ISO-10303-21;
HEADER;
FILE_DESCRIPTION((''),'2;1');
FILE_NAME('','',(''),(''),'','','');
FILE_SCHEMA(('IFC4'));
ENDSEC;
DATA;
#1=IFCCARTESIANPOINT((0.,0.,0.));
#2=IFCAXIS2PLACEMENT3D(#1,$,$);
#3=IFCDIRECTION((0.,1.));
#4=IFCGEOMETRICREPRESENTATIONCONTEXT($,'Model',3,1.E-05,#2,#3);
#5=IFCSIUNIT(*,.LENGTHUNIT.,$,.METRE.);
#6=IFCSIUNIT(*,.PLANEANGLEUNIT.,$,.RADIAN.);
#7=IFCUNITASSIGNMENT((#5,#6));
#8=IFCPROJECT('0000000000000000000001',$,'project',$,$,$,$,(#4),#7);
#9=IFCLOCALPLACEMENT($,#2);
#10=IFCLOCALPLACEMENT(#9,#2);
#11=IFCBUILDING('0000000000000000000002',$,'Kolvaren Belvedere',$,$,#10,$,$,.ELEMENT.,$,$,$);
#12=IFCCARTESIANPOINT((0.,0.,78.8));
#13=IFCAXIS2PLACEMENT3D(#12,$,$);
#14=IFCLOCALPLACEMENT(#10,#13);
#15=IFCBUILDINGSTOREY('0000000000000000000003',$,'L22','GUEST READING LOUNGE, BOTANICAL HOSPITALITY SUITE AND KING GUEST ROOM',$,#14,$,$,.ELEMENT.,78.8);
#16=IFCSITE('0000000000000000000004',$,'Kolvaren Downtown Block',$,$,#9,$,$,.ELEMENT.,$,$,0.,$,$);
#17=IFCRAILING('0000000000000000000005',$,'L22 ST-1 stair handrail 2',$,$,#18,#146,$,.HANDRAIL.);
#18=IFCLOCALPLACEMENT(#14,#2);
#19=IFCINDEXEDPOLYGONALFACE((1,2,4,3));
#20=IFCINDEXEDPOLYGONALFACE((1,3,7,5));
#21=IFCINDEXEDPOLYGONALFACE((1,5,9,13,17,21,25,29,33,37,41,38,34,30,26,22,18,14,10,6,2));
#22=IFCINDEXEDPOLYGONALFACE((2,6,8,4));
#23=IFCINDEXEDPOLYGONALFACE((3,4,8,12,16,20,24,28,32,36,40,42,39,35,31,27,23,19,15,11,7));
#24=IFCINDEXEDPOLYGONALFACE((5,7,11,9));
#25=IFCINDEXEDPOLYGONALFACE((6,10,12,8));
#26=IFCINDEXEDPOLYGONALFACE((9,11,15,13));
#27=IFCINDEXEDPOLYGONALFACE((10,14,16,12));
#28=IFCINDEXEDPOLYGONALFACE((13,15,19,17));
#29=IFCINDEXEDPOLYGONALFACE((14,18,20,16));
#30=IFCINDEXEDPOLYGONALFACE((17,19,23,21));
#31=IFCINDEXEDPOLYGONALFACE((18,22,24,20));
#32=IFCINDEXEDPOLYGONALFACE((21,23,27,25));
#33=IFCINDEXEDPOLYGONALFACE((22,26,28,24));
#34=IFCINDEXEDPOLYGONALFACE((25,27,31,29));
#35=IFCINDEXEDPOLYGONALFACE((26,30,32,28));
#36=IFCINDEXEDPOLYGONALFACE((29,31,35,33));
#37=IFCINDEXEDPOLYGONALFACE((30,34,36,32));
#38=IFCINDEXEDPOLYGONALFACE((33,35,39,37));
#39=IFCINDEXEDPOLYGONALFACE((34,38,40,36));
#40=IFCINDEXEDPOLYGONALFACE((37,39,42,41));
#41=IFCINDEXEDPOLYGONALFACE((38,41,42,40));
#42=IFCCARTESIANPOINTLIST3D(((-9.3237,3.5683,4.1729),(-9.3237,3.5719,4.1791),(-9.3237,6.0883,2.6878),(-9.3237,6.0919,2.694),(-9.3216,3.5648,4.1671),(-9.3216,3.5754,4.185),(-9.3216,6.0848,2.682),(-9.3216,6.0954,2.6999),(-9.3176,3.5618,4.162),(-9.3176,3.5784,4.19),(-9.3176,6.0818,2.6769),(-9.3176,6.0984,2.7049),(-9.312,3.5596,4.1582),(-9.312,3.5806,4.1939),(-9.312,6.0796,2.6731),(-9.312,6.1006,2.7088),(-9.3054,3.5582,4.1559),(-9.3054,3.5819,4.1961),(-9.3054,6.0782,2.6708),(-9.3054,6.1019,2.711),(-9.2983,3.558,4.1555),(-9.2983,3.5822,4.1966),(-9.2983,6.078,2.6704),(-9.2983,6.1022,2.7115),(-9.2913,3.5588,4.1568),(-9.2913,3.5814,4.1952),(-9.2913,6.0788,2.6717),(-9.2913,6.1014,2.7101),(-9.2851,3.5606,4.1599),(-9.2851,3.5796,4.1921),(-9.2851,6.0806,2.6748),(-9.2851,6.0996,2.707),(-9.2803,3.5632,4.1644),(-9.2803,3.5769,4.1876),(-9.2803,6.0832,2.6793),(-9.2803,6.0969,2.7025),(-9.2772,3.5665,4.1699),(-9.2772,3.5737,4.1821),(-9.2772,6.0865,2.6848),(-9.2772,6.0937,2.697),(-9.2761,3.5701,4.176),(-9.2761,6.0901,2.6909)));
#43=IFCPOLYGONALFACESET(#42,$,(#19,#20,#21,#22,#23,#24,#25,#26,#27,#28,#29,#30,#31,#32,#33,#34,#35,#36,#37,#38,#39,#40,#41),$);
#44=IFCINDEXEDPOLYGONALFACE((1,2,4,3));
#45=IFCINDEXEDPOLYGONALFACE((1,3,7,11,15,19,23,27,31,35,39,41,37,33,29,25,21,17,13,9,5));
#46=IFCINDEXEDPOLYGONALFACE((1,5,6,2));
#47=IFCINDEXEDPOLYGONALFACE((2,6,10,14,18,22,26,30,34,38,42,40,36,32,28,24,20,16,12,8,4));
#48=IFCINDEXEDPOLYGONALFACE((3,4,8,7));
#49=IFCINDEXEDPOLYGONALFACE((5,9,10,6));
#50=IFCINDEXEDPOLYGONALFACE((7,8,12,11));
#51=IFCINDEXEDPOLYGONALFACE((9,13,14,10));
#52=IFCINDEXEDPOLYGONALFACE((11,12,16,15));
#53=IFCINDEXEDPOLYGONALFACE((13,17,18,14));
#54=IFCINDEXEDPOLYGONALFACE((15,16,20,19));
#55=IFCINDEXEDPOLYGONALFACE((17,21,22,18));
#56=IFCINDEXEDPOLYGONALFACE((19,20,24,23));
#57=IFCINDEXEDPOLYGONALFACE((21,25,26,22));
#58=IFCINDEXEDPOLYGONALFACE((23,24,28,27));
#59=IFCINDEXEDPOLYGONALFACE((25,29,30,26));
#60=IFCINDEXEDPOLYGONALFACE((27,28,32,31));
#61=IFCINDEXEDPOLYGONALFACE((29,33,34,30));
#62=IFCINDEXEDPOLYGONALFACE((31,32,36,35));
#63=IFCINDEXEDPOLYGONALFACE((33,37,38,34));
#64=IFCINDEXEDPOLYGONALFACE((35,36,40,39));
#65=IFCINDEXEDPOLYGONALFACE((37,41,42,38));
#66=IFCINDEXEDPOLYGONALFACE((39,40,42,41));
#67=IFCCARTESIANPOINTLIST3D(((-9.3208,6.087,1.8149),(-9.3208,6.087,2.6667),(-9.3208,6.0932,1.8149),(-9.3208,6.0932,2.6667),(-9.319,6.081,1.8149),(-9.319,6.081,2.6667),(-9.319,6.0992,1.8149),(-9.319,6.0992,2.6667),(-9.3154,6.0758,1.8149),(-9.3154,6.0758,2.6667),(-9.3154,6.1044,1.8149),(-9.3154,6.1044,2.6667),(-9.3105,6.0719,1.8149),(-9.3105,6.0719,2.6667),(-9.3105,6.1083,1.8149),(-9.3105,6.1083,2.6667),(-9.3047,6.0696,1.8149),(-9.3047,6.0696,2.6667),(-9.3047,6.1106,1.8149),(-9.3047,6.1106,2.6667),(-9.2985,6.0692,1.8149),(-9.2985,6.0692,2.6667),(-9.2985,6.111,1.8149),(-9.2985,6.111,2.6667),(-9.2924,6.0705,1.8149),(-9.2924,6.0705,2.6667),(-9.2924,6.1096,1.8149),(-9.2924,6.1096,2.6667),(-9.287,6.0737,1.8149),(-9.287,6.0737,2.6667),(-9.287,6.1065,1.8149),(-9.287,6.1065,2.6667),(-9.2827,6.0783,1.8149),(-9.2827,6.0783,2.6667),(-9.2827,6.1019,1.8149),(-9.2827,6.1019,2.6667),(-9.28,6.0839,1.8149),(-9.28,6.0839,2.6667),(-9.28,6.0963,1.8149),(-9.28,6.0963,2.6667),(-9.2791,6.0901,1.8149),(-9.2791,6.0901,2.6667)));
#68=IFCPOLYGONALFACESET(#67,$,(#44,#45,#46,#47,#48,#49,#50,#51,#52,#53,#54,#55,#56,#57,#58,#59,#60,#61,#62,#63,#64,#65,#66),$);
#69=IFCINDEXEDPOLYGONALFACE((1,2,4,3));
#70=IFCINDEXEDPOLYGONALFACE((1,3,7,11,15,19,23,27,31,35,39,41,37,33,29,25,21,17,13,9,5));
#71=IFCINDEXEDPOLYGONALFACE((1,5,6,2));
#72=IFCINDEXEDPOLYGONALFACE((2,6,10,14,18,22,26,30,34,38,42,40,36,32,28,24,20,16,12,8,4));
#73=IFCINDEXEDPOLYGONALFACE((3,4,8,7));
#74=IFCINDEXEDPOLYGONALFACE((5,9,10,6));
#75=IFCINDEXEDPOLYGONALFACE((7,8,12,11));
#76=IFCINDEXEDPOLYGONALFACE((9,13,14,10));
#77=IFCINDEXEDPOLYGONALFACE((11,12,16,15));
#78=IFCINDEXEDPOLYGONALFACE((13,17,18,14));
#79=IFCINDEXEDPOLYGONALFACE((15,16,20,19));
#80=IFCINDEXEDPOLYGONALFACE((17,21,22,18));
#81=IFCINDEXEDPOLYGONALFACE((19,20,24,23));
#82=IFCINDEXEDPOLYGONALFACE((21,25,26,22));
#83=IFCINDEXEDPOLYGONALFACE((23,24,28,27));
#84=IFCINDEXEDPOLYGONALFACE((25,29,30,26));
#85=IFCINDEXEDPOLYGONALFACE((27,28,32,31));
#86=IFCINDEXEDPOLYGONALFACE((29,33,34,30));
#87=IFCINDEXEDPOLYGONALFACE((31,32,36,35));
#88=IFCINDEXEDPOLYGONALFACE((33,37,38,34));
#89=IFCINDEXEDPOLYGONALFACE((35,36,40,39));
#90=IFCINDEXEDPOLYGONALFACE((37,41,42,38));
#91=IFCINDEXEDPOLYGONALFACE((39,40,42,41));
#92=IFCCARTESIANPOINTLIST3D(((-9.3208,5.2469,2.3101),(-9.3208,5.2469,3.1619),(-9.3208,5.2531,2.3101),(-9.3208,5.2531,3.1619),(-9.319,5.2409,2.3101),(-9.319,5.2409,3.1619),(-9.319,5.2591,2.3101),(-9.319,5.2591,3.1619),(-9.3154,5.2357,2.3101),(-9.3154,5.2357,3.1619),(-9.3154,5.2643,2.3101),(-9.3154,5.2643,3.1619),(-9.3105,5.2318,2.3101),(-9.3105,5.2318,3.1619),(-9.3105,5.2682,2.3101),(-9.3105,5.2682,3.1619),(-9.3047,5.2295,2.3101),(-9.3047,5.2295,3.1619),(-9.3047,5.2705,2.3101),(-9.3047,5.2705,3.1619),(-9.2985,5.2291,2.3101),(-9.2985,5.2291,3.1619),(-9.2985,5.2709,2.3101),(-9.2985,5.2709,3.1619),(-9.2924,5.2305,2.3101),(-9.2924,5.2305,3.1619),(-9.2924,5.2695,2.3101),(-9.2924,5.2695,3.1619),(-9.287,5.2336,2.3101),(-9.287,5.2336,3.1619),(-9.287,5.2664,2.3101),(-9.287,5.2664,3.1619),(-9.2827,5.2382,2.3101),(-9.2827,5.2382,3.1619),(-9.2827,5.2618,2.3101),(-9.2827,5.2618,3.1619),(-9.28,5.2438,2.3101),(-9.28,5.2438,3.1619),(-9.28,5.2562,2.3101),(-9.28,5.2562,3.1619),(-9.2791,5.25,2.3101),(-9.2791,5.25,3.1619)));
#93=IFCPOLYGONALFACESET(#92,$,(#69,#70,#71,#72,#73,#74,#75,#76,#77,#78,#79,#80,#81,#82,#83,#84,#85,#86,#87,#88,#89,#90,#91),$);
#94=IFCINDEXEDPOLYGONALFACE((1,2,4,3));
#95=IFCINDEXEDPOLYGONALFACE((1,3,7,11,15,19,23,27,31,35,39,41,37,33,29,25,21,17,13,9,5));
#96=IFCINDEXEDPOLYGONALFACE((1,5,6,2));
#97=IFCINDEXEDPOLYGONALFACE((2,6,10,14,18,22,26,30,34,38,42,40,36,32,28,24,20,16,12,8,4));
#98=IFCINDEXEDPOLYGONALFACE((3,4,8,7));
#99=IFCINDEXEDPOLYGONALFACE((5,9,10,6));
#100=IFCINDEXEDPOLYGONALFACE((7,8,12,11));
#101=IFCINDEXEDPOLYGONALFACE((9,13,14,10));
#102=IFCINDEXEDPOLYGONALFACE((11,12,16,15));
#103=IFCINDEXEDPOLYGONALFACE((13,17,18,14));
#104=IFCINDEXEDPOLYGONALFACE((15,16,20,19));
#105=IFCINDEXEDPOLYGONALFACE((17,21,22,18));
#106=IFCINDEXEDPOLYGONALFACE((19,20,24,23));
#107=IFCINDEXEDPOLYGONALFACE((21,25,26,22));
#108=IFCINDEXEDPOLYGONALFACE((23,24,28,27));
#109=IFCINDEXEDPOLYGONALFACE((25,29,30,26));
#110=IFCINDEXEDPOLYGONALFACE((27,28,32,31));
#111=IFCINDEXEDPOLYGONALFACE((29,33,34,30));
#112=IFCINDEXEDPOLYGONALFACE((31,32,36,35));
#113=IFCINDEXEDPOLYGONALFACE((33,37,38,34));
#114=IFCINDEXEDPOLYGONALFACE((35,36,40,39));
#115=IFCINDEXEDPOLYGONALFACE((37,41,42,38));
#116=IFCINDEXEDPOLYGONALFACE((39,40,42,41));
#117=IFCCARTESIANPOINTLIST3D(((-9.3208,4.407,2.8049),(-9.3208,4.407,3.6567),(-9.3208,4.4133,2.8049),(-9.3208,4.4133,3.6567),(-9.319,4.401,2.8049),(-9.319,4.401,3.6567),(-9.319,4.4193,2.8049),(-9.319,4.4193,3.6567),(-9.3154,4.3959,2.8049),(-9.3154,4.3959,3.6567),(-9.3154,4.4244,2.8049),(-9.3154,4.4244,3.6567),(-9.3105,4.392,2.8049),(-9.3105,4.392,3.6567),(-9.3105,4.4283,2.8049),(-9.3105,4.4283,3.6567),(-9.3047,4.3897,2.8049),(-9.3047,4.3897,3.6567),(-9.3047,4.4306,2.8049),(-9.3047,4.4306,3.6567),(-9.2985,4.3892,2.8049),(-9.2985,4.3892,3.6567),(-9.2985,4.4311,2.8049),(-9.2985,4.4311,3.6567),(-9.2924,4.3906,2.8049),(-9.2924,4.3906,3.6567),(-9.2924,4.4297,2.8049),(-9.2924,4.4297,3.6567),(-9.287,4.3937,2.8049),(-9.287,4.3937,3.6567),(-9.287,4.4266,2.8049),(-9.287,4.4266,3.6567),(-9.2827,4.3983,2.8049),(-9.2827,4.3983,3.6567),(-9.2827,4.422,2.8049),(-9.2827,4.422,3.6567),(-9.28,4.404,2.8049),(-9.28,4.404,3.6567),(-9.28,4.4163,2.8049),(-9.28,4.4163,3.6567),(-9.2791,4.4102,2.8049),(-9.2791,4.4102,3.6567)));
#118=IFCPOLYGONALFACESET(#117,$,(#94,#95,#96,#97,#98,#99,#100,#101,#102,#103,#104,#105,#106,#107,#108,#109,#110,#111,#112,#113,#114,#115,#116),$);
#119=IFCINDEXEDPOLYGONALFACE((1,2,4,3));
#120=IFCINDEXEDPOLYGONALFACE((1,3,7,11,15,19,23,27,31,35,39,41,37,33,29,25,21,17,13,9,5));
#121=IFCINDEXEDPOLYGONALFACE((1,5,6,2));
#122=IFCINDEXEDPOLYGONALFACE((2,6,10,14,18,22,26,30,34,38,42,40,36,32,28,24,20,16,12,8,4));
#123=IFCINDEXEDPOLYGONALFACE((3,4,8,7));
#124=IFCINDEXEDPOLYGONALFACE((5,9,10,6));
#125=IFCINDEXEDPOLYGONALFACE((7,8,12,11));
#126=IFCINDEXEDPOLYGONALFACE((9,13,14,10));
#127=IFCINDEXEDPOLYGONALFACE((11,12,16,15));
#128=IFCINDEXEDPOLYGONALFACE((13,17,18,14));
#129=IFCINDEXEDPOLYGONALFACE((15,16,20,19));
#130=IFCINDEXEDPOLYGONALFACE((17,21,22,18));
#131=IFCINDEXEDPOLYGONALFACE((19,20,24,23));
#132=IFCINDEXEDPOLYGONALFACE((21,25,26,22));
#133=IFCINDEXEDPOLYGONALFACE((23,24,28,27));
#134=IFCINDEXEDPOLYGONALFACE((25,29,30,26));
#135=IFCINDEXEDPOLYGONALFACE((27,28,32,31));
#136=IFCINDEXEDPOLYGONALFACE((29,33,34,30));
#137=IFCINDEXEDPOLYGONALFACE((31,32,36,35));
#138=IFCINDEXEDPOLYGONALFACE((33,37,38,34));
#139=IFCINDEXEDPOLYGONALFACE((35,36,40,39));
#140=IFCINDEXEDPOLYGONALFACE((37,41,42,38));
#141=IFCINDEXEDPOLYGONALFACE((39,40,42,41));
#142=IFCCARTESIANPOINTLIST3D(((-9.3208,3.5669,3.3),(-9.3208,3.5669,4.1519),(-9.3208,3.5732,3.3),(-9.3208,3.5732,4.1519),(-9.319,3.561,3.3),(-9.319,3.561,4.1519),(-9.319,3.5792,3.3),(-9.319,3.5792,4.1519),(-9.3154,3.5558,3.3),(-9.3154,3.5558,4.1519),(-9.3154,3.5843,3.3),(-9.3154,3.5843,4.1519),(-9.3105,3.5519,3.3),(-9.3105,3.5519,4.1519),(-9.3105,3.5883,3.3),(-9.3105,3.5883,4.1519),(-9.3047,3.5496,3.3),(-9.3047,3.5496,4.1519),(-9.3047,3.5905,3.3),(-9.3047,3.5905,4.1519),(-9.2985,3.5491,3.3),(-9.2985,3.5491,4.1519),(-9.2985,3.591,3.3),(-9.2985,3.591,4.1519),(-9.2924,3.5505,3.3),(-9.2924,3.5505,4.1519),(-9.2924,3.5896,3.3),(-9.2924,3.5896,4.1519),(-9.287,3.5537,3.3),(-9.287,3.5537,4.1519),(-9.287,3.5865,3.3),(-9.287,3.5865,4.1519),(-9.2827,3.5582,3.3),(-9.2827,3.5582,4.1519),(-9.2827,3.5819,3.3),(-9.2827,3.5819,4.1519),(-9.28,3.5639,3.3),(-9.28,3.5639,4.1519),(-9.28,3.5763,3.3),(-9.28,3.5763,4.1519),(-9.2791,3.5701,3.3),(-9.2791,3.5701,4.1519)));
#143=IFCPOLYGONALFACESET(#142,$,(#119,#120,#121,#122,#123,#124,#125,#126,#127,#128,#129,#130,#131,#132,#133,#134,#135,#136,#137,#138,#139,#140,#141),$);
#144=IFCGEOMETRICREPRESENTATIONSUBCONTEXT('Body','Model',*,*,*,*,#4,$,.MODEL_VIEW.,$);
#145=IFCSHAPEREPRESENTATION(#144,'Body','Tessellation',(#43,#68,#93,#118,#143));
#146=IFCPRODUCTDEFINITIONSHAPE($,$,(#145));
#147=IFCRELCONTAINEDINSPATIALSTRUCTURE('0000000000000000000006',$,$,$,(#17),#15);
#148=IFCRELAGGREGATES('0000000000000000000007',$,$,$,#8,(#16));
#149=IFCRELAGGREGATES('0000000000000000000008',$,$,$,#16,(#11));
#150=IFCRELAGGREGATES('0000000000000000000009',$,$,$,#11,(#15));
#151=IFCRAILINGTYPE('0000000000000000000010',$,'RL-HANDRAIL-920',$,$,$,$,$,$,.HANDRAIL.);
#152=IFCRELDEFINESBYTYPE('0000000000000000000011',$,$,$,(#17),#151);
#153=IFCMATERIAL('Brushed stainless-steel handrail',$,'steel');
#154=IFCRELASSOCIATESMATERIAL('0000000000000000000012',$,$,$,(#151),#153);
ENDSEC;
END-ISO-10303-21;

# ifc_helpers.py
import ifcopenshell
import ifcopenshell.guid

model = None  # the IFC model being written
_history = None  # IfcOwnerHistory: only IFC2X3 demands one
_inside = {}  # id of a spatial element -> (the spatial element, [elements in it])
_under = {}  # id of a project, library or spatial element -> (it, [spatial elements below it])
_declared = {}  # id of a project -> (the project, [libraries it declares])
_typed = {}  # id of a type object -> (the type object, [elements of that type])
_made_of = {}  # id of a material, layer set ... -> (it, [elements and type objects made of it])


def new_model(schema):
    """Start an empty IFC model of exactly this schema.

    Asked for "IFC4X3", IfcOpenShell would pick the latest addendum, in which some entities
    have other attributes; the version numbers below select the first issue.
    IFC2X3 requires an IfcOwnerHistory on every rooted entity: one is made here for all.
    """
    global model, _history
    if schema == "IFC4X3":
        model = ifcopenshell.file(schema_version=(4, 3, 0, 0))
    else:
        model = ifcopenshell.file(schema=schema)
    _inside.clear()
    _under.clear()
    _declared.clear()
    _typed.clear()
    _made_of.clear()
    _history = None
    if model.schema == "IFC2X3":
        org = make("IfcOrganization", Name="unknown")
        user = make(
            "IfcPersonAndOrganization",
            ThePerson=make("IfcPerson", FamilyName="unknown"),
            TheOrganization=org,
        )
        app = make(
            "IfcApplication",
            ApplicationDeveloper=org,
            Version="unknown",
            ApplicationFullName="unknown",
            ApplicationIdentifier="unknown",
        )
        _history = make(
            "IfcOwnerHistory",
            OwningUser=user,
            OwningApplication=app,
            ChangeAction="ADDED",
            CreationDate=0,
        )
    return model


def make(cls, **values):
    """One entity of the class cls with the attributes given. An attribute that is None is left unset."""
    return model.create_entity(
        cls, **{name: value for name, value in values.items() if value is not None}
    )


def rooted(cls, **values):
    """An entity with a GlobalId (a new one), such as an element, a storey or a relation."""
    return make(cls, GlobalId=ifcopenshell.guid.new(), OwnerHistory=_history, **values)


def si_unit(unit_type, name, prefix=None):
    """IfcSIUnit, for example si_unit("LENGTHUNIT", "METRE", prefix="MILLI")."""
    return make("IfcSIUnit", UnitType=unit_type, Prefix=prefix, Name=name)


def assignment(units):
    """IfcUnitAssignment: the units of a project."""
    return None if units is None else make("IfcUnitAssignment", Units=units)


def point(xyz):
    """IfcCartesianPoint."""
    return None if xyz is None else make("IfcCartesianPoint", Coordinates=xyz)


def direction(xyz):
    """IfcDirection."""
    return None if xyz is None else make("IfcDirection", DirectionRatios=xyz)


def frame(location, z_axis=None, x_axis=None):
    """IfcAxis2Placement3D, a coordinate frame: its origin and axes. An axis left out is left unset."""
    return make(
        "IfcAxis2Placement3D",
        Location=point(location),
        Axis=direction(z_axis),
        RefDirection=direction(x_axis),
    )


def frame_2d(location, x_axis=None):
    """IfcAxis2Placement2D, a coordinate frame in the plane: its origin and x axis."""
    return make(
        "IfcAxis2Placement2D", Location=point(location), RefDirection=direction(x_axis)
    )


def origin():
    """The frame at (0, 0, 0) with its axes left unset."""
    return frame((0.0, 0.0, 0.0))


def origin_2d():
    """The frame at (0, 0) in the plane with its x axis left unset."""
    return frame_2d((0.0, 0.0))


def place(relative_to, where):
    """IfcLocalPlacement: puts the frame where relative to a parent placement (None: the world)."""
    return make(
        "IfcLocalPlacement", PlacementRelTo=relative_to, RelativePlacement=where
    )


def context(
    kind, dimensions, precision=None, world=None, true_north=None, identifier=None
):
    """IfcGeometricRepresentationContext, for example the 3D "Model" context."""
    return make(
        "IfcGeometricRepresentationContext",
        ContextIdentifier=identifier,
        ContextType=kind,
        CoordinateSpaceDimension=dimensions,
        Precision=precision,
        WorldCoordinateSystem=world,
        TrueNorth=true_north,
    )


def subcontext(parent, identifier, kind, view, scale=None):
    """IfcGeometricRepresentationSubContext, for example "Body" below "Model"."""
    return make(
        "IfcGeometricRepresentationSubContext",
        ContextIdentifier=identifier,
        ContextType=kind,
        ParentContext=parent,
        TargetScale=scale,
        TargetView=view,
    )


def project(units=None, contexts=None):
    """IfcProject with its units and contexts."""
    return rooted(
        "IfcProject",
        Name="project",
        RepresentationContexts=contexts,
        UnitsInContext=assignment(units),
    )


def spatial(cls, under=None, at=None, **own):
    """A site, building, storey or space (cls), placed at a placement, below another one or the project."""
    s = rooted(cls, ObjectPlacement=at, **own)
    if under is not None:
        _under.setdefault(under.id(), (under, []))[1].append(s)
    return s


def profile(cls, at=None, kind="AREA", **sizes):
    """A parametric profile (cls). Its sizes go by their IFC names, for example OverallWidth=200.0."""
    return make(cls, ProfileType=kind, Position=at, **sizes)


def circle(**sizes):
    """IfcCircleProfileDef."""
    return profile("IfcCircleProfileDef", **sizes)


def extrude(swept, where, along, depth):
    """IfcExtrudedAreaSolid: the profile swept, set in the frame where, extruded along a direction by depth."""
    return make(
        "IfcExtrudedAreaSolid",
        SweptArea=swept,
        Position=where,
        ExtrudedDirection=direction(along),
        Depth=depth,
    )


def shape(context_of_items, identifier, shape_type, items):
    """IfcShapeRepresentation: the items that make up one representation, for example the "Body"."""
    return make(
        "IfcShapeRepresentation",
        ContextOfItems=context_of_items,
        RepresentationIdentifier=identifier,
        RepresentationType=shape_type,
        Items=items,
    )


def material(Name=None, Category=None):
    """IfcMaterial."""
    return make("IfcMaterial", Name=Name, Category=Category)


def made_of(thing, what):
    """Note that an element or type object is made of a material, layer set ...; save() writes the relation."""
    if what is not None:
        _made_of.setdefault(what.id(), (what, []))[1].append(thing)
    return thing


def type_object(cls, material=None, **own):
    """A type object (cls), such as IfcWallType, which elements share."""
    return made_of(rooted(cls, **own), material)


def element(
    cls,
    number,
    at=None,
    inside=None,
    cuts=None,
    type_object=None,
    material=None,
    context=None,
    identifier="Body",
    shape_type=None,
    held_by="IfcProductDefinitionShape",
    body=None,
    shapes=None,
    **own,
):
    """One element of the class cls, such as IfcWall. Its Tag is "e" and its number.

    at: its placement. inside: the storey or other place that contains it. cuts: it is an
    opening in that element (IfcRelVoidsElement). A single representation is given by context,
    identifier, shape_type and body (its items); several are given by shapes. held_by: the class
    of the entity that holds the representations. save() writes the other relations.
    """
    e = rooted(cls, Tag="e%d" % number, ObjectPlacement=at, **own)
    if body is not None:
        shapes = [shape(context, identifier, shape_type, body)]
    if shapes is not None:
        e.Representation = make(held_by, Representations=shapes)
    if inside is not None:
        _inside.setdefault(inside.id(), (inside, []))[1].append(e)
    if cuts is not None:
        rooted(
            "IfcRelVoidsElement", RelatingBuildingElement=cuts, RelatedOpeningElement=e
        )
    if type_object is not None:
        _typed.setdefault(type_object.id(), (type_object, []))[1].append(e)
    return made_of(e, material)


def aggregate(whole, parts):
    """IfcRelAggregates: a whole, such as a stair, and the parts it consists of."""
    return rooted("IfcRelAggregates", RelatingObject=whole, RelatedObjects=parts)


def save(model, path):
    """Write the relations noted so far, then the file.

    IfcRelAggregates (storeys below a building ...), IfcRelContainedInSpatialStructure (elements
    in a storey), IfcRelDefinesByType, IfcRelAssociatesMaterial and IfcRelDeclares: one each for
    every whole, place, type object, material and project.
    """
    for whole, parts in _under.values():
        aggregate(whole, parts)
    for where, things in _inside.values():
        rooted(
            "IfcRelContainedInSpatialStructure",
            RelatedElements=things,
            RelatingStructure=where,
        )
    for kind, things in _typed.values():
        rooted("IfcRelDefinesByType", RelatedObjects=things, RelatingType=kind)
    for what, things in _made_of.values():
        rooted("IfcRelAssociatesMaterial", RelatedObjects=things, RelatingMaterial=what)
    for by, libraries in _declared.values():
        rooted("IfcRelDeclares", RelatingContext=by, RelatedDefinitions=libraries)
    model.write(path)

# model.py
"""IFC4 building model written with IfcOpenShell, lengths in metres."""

from ifc_helpers import new_model, si_unit, direction, frame, origin, origin_2d, place, context, subcontext, project, spatial, circle, extrude, material, type_object, element, save


model = new_model("IFC4")

# Units and contexts
model_context = context("Model", 3, precision=1e-05, world=origin(), true_north=direction((0.0, 1.0)))
body_context = subcontext(model_context, "Body", "Model", "MODEL_VIEW")
ifc_project = project(units=[si_unit("LENGTHUNIT", "METRE"), si_unit("PLANEANGLEUNIT", "RADIAN")], contexts=[model_context])

# Site, building, storey
site_placement = place(None, origin())
site = spatial("IfcSite", under=ifc_project, at=site_placement, Name="Kolvaren Downtown Block", CompositionType="ELEMENT", RefElevation=0.0)
building_placement = place(site_placement, origin())
building = spatial("IfcBuilding", under=site, at=building_placement, Name="Kolvaren Belvedere", CompositionType="ELEMENT")
storey_placement = place(building_placement, frame((0.0, 0.0, 78.8)))
storey = spatial("IfcBuildingStorey", under=building, at=storey_placement, Name="L22", Description="GUEST READING LOUNGE, BOTANICAL HOSPITALITY SUITE AND KING GUEST ROOM", CompositionType="ELEMENT", Elevation=78.8)

# Railing
ifc_material_1 = material(Name="Brushed stainless-steel handrail", Category="steel")
railing_type_1 = type_object("IfcRailingType", Name="RL-HANDRAIL-920", PredefinedType="HANDRAIL", material=ifc_material_1)
railing_1_placement = place(storey_placement, frame((-9.3, 6.0901, 1.8149)))
element("IfcRailing", 1, at=railing_1_placement, inside=storey, type_object=railing_type_1, Name="L22 ST-1 stair handrail 2", PredefinedType="HANDRAIL", context=body_context, shape_type="SweptSolid", body=[
    extrude(circle(Radius=0.0239, at=origin_2d()), frame((0.0, 0.0, 0.876), z_axis=(0.0, -0.861524, 0.507717), x_axis=(1.0, 0.0, 0.0)), (0.0, 0.0, 1.0), 2.925),
    extrude(circle(Radius=0.021, at=origin_2d()), origin(), (0.0, 0.0, 1.0), 0.8518),
    extrude(circle(Radius=0.021, at=origin_2d()), frame((0.0, -0.8401, 0.4951)), (0.0, 0.0, 1.0), 0.8518),
    extrude(circle(Radius=0.021, at=origin_2d()), frame((0.0, -1.6799, 0.99)), (0.0, 0.0, 1.0), 0.8518),
    extrude(circle(Radius=0.021, at=origin_2d()), frame((0.0, -2.52, 1.4851)), (0.0, 0.0, 1.0), 0.8518),
])

save(model, "model.ifc")
